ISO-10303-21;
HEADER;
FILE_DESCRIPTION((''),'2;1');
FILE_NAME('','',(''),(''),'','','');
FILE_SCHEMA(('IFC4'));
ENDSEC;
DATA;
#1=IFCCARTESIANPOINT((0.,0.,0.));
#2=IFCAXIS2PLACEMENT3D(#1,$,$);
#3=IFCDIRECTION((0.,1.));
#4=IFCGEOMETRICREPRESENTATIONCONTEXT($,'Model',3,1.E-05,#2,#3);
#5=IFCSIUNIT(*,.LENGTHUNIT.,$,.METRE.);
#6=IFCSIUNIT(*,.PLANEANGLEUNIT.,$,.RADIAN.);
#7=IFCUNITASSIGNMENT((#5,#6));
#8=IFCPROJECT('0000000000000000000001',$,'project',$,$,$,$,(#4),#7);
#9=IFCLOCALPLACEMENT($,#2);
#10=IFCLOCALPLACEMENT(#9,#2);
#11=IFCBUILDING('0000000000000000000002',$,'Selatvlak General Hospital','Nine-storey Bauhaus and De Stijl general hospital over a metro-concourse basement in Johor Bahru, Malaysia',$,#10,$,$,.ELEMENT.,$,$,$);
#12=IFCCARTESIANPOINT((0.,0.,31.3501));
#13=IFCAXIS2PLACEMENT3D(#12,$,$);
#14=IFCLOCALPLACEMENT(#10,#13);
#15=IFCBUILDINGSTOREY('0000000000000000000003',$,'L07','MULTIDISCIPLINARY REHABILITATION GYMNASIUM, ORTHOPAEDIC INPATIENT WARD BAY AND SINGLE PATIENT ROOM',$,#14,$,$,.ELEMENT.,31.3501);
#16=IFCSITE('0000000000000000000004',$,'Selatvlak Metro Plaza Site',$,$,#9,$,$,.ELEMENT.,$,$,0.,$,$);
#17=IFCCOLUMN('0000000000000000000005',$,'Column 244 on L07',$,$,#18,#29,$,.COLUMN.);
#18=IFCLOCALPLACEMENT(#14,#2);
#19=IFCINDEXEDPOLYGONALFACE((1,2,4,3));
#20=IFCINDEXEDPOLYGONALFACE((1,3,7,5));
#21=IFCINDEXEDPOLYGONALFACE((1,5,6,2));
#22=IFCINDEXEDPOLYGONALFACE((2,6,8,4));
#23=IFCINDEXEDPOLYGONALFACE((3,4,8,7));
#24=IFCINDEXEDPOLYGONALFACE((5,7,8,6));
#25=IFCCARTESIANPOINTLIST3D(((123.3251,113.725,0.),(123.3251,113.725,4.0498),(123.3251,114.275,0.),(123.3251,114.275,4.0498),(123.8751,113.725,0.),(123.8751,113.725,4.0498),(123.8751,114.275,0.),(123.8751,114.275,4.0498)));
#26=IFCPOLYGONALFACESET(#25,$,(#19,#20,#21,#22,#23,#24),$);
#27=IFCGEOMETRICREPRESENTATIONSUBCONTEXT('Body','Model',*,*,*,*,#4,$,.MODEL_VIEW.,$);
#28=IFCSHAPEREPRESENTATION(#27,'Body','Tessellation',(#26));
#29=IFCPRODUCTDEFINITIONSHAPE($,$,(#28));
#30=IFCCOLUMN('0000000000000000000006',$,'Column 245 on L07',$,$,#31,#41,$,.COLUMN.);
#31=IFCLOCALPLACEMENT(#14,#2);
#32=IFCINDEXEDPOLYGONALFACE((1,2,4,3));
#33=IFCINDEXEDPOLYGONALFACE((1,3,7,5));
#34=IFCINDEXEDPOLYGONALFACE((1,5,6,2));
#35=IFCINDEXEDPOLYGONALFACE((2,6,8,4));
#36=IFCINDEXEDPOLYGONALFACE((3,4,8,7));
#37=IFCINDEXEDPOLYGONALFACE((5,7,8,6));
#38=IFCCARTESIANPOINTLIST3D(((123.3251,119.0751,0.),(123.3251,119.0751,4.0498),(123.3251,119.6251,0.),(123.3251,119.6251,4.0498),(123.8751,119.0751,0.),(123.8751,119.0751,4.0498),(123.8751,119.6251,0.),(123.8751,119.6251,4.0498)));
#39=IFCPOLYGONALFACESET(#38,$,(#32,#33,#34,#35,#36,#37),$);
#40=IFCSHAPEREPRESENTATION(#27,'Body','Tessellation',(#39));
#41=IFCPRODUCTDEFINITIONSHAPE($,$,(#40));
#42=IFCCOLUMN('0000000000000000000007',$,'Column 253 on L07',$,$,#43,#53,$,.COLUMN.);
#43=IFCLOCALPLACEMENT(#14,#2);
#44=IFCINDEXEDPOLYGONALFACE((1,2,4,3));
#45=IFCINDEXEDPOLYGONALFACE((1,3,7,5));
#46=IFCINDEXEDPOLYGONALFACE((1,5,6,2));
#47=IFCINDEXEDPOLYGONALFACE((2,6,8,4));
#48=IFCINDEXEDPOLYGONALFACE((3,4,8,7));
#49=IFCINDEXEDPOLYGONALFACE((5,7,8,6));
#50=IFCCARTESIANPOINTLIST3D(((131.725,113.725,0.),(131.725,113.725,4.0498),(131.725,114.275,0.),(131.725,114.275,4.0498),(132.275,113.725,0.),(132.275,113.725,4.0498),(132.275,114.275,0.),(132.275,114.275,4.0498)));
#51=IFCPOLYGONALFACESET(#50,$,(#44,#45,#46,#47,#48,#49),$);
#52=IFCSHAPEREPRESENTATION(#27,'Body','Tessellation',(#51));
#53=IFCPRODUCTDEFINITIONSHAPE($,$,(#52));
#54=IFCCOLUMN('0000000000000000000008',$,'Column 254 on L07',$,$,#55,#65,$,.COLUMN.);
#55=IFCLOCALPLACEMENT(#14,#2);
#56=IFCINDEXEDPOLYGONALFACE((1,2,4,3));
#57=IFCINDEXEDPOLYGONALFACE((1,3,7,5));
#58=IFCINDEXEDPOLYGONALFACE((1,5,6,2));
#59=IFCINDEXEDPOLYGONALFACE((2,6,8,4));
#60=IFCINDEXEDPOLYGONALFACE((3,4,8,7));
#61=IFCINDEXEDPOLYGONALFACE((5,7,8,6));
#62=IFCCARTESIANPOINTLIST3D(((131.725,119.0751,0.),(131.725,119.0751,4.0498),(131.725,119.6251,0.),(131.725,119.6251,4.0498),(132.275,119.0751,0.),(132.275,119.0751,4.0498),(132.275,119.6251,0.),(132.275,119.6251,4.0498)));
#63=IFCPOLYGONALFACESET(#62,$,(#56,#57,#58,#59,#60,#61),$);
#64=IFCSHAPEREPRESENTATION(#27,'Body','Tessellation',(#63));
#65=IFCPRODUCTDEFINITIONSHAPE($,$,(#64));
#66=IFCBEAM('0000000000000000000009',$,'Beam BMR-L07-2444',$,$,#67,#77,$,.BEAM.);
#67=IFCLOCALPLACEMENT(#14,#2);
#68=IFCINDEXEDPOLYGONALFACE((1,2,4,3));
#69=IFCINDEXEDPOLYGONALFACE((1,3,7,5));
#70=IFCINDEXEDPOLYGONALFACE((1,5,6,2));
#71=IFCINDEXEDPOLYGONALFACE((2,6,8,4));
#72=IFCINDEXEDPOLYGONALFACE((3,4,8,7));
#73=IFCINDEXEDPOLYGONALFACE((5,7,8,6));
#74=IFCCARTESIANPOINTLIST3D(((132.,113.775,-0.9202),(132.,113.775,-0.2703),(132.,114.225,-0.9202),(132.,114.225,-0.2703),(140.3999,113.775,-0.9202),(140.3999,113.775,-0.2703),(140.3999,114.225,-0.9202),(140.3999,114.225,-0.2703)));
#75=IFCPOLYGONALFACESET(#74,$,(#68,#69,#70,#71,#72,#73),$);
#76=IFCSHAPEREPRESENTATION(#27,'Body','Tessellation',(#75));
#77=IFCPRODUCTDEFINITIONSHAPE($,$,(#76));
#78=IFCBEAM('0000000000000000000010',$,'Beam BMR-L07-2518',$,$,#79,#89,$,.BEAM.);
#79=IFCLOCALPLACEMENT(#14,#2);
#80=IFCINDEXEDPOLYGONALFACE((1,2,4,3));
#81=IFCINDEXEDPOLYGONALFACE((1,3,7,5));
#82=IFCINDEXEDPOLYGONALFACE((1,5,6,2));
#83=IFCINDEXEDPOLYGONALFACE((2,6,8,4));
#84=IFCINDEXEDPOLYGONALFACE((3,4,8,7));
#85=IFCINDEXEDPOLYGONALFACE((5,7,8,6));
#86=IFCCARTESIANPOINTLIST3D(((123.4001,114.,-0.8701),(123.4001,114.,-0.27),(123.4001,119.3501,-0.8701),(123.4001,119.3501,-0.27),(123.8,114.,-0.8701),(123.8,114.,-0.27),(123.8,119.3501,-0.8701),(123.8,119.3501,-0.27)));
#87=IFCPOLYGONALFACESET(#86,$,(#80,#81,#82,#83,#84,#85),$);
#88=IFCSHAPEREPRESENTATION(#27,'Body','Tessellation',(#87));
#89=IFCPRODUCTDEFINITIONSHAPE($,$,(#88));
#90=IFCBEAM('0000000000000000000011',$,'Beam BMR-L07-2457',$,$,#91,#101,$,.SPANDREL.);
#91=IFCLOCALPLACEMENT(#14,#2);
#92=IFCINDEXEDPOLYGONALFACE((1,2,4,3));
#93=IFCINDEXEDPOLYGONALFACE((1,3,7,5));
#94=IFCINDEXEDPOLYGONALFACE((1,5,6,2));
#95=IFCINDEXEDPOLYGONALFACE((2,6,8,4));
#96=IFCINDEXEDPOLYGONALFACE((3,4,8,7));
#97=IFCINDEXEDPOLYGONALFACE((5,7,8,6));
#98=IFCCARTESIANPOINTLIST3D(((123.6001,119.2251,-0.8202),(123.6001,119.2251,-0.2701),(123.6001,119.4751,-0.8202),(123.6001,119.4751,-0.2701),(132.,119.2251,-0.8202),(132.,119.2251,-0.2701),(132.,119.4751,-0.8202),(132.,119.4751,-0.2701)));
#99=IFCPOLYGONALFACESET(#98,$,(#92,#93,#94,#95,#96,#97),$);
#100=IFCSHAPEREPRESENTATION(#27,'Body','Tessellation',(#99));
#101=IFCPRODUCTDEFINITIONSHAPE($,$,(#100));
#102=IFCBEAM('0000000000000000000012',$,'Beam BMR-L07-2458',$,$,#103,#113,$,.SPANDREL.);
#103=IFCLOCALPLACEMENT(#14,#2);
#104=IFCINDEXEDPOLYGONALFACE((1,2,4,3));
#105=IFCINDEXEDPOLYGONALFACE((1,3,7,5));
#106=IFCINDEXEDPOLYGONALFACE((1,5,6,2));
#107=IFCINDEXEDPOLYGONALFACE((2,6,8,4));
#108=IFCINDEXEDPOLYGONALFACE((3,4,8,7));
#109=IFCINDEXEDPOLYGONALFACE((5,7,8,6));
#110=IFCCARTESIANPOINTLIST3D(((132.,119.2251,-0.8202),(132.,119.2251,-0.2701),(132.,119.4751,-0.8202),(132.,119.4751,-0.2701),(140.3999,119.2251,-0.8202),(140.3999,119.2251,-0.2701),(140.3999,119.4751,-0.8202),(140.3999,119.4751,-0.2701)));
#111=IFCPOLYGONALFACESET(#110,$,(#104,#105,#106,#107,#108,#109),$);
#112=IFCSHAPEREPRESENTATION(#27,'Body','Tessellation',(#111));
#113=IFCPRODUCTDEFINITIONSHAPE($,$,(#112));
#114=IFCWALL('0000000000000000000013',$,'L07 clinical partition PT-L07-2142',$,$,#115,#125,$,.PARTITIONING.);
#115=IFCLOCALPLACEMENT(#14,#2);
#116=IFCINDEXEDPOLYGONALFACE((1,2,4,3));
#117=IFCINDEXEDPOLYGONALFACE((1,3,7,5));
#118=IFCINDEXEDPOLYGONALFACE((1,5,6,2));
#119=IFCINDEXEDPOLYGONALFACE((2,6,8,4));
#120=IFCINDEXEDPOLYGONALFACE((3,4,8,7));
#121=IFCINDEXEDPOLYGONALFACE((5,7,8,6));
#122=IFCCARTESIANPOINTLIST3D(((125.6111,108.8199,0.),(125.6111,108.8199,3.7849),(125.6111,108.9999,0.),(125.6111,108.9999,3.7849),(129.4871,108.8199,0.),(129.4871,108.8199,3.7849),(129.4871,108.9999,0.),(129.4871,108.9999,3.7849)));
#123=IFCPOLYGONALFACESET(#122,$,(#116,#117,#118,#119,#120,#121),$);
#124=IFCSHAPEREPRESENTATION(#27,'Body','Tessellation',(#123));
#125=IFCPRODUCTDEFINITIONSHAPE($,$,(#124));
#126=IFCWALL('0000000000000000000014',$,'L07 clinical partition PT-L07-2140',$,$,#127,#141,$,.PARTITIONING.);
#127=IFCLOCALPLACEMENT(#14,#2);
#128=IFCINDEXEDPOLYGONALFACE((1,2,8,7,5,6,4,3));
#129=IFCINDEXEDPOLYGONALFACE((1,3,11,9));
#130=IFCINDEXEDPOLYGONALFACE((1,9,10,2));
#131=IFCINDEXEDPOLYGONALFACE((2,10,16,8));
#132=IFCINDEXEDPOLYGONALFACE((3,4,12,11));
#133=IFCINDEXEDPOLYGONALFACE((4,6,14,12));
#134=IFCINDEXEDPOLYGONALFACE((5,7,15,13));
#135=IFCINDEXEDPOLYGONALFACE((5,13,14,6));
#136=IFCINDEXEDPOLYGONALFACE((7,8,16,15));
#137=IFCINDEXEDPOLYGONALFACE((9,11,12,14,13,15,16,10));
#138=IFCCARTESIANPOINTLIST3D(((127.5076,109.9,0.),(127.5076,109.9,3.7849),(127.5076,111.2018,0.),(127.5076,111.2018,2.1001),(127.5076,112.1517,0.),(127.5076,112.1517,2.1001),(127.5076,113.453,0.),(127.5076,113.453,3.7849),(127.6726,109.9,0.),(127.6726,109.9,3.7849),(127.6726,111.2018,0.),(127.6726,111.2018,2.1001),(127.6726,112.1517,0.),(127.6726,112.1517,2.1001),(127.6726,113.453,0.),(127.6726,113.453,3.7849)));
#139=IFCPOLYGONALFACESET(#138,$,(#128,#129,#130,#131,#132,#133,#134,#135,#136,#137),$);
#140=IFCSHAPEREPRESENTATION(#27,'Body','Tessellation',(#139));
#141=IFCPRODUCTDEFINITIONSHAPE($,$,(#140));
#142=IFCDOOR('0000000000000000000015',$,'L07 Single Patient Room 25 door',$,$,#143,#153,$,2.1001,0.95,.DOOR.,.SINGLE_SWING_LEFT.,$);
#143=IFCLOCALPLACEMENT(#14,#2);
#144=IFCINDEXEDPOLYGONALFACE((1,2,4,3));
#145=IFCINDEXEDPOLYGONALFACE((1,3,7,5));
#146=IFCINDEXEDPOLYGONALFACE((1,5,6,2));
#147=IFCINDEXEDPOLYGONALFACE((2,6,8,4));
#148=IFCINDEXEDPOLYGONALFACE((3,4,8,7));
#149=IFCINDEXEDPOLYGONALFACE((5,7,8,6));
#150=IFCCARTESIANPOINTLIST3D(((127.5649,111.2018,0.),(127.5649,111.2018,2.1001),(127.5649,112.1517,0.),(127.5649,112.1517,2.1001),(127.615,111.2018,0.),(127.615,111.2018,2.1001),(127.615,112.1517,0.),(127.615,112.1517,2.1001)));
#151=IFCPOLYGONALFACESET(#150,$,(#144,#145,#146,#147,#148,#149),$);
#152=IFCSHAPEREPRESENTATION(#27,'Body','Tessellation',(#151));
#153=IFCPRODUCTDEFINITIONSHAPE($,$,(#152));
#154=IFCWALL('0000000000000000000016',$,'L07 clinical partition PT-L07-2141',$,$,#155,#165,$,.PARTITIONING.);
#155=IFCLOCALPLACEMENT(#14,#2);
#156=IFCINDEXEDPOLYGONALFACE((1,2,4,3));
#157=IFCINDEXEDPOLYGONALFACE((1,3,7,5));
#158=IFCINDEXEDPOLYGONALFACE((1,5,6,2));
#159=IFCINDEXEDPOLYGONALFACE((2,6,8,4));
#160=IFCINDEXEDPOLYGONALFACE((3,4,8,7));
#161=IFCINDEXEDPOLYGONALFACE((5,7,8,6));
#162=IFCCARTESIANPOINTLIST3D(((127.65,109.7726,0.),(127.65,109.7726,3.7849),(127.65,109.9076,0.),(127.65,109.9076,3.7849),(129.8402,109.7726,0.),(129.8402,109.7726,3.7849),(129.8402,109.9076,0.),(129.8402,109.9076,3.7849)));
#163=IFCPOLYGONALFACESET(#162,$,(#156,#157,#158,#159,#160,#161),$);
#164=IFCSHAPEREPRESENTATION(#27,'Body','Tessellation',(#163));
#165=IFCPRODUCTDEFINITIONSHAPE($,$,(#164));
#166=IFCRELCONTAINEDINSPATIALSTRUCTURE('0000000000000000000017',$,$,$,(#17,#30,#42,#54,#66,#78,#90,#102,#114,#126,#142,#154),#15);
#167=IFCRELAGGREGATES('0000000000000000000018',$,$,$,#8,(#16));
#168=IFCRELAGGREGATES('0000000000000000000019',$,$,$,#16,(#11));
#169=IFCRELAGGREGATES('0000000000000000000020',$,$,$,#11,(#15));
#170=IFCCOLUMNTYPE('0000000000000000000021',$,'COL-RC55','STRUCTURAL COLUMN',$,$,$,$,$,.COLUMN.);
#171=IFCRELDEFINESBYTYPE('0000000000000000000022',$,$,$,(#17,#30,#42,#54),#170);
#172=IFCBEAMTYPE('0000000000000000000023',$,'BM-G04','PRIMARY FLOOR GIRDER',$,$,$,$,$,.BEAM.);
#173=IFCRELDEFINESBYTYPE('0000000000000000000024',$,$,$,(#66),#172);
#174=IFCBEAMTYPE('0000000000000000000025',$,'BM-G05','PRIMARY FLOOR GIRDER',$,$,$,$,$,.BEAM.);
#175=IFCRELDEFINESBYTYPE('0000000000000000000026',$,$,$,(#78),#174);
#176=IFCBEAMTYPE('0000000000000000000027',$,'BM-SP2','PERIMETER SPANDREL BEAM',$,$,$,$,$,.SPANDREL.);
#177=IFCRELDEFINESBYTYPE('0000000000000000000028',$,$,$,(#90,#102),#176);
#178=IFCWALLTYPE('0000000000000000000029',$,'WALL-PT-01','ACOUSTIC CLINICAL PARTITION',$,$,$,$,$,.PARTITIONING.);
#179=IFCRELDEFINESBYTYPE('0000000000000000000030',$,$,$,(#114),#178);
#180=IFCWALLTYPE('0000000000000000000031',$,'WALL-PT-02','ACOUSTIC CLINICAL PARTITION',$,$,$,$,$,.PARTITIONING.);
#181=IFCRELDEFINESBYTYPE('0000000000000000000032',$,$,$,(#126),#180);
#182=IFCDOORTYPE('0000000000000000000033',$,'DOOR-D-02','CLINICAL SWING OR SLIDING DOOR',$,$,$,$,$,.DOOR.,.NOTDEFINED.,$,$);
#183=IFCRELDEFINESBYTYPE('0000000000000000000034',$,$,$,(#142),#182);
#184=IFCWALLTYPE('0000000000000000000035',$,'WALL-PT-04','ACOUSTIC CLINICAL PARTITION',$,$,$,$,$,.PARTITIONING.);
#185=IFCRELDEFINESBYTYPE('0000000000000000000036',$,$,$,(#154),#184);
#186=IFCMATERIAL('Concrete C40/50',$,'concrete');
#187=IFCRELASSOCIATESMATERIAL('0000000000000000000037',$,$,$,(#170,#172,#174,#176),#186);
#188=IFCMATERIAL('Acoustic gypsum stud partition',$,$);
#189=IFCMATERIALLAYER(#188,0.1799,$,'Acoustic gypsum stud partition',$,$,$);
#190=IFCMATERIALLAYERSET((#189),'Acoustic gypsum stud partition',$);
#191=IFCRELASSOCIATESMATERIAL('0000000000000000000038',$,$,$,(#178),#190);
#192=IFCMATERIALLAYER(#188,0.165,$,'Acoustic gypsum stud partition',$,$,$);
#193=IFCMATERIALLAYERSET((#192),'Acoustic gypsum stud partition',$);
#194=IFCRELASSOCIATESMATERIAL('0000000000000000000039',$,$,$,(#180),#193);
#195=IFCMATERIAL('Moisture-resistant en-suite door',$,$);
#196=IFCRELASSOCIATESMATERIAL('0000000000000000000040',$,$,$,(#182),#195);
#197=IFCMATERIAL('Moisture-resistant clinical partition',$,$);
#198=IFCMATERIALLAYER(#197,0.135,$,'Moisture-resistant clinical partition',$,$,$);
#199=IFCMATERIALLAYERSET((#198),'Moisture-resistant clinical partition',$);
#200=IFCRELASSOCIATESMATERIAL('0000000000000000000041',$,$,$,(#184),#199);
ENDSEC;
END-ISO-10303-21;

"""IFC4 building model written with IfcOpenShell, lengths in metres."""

from ifc_helpers import new_model, si_unit, direction, frame, frame_2d, origin, origin_2d, place, context, subcontext, project, spatial, rectangle, extrude, material, layer, layer_set, material_profile, profile_set, type_object, element, fill, save


model = new_model("IFC4")

# Units and contexts
model_context = context("Model", 3, precision=1e-05, world=origin(), true_north=direction((0.0, 1.0)))
body_context = subcontext(model_context, "Body", "Model", "MODEL_VIEW")
ifc_project = project(units=[si_unit("LENGTHUNIT", "METRE"), si_unit("PLANEANGLEUNIT", "RADIAN")], contexts=[model_context])

# Site, building, storey
site_placement = place(None, origin())
site = spatial("IfcSite", under=ifc_project, at=site_placement, Name="Selatvlak Metro Plaza Site", CompositionType="ELEMENT", RefElevation=0.0)
building_placement = place(site_placement, origin())
building = spatial("IfcBuilding", under=site, at=building_placement, Name="Selatvlak General Hospital", Description="Nine-storey Bauhaus and De Stijl general hospital over a metro-concourse basement in Johor Bahru, Malaysia", CompositionType="ELEMENT")
storey_placement = place(building_placement, frame((0.0, 0.0, 31.3501)))
storey = spatial("IfcBuildingStorey", under=building, at=storey_placement, Name="L07", Description="MULTIDISCIPLINARY REHABILITATION GYMNASIUM, ORTHOPAEDIC INPATIENT WARD BAY AND SINGLE PATIENT ROOM", CompositionType="ELEMENT", Elevation=31.3501)

# Columns
ifc_material_1 = material(Name="Concrete C40/50", Category="concrete")
ifc_material_profile_1 = material_profile(ifc_material_1, rectangle(XDim=0.55, YDim=0.55, at=origin_2d()), Name="RC-COL 550x550")
ifc_profile_set_1 = profile_set([ifc_material_profile_1], Name="Concrete C40/50")
column_type = type_object("IfcColumnType", Name="COL-RC55", Description="STRUCTURAL COLUMN", PredefinedType="COLUMN", material=ifc_profile_set_1)
for number, where, z_axis, x_axis, name in (
    (1, (123.6001, 114.0, 0.0), (0.0, 0.0, 1.0), (1.0, 0.0, 0.0), "Column 244 on L07"),
    (2, (123.6001, 119.3501, 0.0), (0.0, 0.0, 1.0), (1.0, 0.0, 0.0), "Column 245 on L07"),
    (3, (132.0, 114.0, 0.0), (0.0, 0.0, 1.0), (1.0, 0.0, 0.0), "Column 253 on L07"),
    (4, (132.0, 119.3501, 0.0), (0.0, 0.0, 1.0), (1.0, 0.0, 0.0), "Column 254 on L07"),
):
    element("IfcColumn", number, at=place(storey_placement, frame(where, z_axis=z_axis, x_axis=x_axis)), inside=storey, type_object=column_type, Name=name, PredefinedType="COLUMN", context=body_context, shape_type="SweptSolid", body=[
        extrude(rectangle(XDim=0.55, YDim=0.55, at=origin_2d()), origin(), (0.0, 0.0, 1.0), 4.0498),
    ])

# Beams
ifc_material_profile_2 = material_profile(ifc_material_1, rectangle(XDim=0.45, YDim=0.6499, at=origin_2d()), Name="RC-BM 450x650")
ifc_profile_set_2 = profile_set([ifc_material_profile_2], Name="Concrete C40/50")
beam_type_1 = type_object("IfcBeamType", Name="BM-G04", Description="PRIMARY FLOOR GIRDER", PredefinedType="BEAM", material=ifc_profile_set_2)
beam_1_placement = place(storey_placement, frame((132.0, 114.0, -0.5952), z_axis=(1.0, 0.0, 0.0), x_axis=(0.0, 1.0, 0.0)))
element("IfcBeam", 5, at=beam_1_placement, inside=storey, type_object=beam_type_1, Name="Beam BMR-L07-2444", PredefinedType="BEAM", context=body_context, shape_type="SweptSolid", body=[
    extrude(rectangle(XDim=0.45, YDim=0.6499, at=origin_2d()), origin(), (0.0, 0.0, 1.0), 8.3999),
])
ifc_material_profile_3 = material_profile(ifc_material_1, rectangle(XDim=0.3999, YDim=0.6001, at=origin_2d()), Name="RC-BM 400x600")
ifc_profile_set_3 = profile_set([ifc_material_profile_3], Name="Concrete C40/50")
beam_type_2 = type_object("IfcBeamType", Name="BM-G05", Description="PRIMARY FLOOR GIRDER", PredefinedType="BEAM", material=ifc_profile_set_3)
beam_2_placement = place(storey_placement, frame((123.6001, 114.0, -0.5701), z_axis=(0.0, 1.0, 0.0), x_axis=(-1.0, 0.0, 0.0)))
element("IfcBeam", 6, at=beam_2_placement, inside=storey, type_object=beam_type_2, Name="Beam BMR-L07-2518", PredefinedType="BEAM", context=body_context, shape_type="SweptSolid", body=[
    extrude(rectangle(XDim=0.3999, YDim=0.6001, at=origin_2d()), origin(), (0.0, 0.0, 1.0), 5.3501),
])
ifc_material_profile_4 = material_profile(ifc_material_1, rectangle(XDim=0.25, YDim=0.55, at=origin_2d()), Name="RC-SP 250x550")
ifc_profile_set_4 = profile_set([ifc_material_profile_4], Name="Concrete C40/50")
beam_type_3 = type_object("IfcBeamType", Name="BM-SP2", Description="PERIMETER SPANDREL BEAM", PredefinedType="SPANDREL", material=ifc_profile_set_4)
for number, where, z_axis, x_axis, name in (
    (7, (123.6001, 119.3501, -0.5452), (1.0, 0.0, 0.0), (0.0, 1.0, 0.0), "Beam BMR-L07-2457"),
    (8, (132.0, 119.3501, -0.5452), (1.0, 0.0, 0.0), (0.0, 1.0, 0.0), "Beam BMR-L07-2458"),
):
    element("IfcBeam", number, at=place(storey_placement, frame(where, z_axis=z_axis, x_axis=x_axis)), inside=storey, type_object=beam_type_3, Name=name, PredefinedType="SPANDREL", context=body_context, shape_type="SweptSolid", body=[
        extrude(rectangle(XDim=0.25, YDim=0.55, at=origin_2d()), origin(), (0.0, 0.0, 1.0), 8.3999),
    ])

# Wall
ifc_material_2 = material(Name="Acoustic gypsum stud partition")
ifc_layer_1 = layer(ifc_material_2, 0.1799, Name="Acoustic gypsum stud partition")
ifc_layer_set_1 = layer_set([ifc_layer_1], Name="Acoustic gypsum stud partition")
wall_type_1 = type_object("IfcWallType", Name="WALL-PT-01", Description="ACOUSTIC CLINICAL PARTITION", PredefinedType="PARTITIONING", material=ifc_layer_set_1)
wall_1_placement = place(storey_placement, frame((129.4871, 108.9099, 0.0), z_axis=(0.0, 0.0, 1.0), x_axis=(-1.0, 0.0, 0.0)))
element("IfcWall", 9, at=wall_1_placement, inside=storey, type_object=wall_type_1, Name="L07 clinical partition PT-L07-2142", PredefinedType="PARTITIONING", context=body_context, shape_type="SweptSolid", body=[
    extrude(rectangle(XDim=3.876, YDim=0.1799, at=frame_2d((1.938, 0.0))), origin(), (0.0, 0.0, 1.0), 3.7849),
])

# Wall, opening, door
ifc_layer_2 = layer(ifc_material_2, 0.165, Name="Acoustic gypsum stud partition")
ifc_layer_set_2 = layer_set([ifc_layer_2], Name="Acoustic gypsum stud partition")
wall_type_2 = type_object("IfcWallType", Name="WALL-PT-02", Description="ACOUSTIC CLINICAL PARTITION", PredefinedType="PARTITIONING", material=ifc_layer_set_2)
wall_2_placement = place(storey_placement, frame((127.5901, 113.4529, 0.0), z_axis=(0.0, 0.0, 1.0), x_axis=(0.0, -1.0, 0.0)))
wall_2 = element("IfcWall", 10, at=wall_2_placement, inside=storey, type_object=wall_type_2, Name="L07 clinical partition PT-L07-2140", PredefinedType="PARTITIONING", context=body_context, shape_type="SweptSolid", body=[
    extrude(rectangle(XDim=3.553, YDim=0.165, at=frame_2d((1.7764, 0.0))), origin(), (0.0, 0.0, 1.0), 3.7849),
])
opening_1_placement = place(wall_2_placement, frame((1.301, 0.0, 0.0)))
opening_1 = element("IfcOpeningElement", 11, at=opening_1_placement, cuts=wall_2, PredefinedType="OPENING", context=body_context, shape_type="SweptSolid", body=[
    extrude(rectangle(XDim=0.95, YDim=2.1001, at=frame_2d((0.4751, 1.05))), frame((0.0, 0.0925, 0.0), z_axis=(0.0, -1.0, 0.0), x_axis=(1.0, 0.0, 0.0)), (0.0, 0.0, 1.0), 0.1851),
])
ifc_material_3 = material(Name="Moisture-resistant en-suite door")
door_type_1 = type_object("IfcDoorType", Name="DOOR-D-02", Description="CLINICAL SWING OR SLIDING DOOR", OperationType="NOTDEFINED", PredefinedType="DOOR", material=ifc_material_3)
door_1_placement = place(opening_1_placement, origin())
door_1 = element("IfcDoor", 12, at=door_1_placement, inside=storey, type_object=door_type_1, Name="L07 Single Patient Room 25 door", OperationType="SINGLE_SWING_LEFT", OverallHeight=2.1001, OverallWidth=0.95, PredefinedType="DOOR", context=body_context, shape_type="SweptSolid", body=[
    extrude(rectangle(XDim=0.95, YDim=2.1001, at=frame_2d((0.4751, 1.05))), frame((0.0, 0.0249, 0.0), z_axis=(0.0, -1.0, 0.0), x_axis=(1.0, 0.0, 0.0)), (0.0, 0.0, 1.0), 0.05),
])
fill(opening_1, door_1)

# Wall
ifc_material_4 = material(Name="Moisture-resistant clinical partition")
ifc_layer_3 = layer(ifc_material_4, 0.135, Name="Moisture-resistant clinical partition")
ifc_layer_set_3 = layer_set([ifc_layer_3], Name="Moisture-resistant clinical partition")
wall_type_3 = type_object("IfcWallType", Name="WALL-PT-04", Description="ACOUSTIC CLINICAL PARTITION", PredefinedType="PARTITIONING", material=ifc_layer_set_3)
wall_3_placement = place(storey_placement, frame((127.6499, 109.8401, 0.0), z_axis=(0.0, 0.0, 1.0), x_axis=(1.0, 0.0, 0.0)))
element("IfcWall", 13, at=wall_3_placement, inside=storey, type_object=wall_type_3, Name="L07 clinical partition PT-L07-2141", PredefinedType="PARTITIONING", context=body_context, shape_type="SweptSolid", body=[
    extrude(rectangle(XDim=2.1902, YDim=0.135, at=frame_2d((1.0952, 0.0))), origin(), (0.0, 0.0, 1.0), 3.7849),
])

save(model, "model.ifc")
